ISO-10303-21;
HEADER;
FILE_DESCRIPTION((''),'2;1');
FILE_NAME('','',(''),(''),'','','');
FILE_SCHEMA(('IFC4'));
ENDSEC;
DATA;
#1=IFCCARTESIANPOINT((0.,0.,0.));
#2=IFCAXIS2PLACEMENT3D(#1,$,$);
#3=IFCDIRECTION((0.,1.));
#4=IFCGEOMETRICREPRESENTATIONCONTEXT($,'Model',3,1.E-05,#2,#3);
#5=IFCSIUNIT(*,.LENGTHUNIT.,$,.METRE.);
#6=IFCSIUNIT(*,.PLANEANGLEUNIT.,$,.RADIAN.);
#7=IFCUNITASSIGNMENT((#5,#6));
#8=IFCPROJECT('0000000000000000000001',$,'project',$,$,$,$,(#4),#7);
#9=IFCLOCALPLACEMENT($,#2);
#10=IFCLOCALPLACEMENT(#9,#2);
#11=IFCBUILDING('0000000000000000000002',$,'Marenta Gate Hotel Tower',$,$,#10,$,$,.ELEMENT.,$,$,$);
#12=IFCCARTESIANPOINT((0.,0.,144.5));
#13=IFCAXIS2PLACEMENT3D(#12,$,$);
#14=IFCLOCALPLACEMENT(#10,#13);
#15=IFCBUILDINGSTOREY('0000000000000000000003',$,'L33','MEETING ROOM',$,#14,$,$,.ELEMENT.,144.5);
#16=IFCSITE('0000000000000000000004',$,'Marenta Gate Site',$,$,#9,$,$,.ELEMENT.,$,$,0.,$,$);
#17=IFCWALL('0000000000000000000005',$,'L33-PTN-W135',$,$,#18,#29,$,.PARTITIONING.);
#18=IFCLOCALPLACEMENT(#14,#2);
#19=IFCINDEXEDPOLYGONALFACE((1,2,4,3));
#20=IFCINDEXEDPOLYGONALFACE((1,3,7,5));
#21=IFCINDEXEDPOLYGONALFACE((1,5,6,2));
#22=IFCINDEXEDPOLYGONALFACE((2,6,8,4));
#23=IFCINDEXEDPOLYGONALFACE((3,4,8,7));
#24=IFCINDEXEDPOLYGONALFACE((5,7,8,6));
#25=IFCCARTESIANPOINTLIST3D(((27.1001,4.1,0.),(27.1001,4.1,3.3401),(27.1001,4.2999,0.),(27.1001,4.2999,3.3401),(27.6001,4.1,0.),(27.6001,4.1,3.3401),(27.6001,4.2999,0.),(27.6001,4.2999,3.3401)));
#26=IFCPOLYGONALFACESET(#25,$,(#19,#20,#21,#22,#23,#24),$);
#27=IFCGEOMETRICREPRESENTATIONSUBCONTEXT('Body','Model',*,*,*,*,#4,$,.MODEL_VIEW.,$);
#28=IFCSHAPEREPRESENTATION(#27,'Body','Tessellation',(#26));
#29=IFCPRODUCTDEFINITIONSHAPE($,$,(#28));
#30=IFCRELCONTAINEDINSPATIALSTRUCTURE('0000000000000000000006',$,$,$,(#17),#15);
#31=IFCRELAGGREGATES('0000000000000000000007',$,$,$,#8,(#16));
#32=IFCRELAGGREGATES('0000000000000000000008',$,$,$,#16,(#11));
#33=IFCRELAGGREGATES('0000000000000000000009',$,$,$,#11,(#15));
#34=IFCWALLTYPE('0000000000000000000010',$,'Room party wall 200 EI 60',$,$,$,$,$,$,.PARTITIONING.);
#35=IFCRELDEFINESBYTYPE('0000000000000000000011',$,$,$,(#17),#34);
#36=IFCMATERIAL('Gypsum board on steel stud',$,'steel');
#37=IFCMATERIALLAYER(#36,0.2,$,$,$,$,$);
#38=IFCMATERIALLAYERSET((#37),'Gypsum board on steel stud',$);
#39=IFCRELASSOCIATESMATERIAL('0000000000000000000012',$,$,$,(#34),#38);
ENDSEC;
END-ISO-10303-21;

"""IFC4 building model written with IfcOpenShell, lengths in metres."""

from ifc_helpers import new_model, si_unit, direction, frame, frame_2d, origin, place, context, subcontext, project, spatial, rectangle, extrude, material, layer, layer_set, type_object, element, save


model = new_model("IFC4")

# Units and contexts
model_context = context("Model", 3, precision=1e-05, world=origin(), true_north=direction((0.0, 1.0)))
body_context = subcontext(model_context, "Body", "Model", "MODEL_VIEW")
ifc_project = project(units=[si_unit("LENGTHUNIT", "METRE"), si_unit("PLANEANGLEUNIT", "RADIAN")], contexts=[model_context])

# Site, building, storey
site_placement = place(None, origin())
site = spatial("IfcSite", under=ifc_project, at=site_placement, Name="Marenta Gate Site", CompositionType="ELEMENT", RefElevation=0.0)
building_placement = place(site_placement, origin())
building = spatial("IfcBuilding", under=site, at=building_placement, Name="Marenta Gate Hotel Tower", CompositionType="ELEMENT")
storey_placement = place(building_placement, frame((0.0, 0.0, 144.5)))
storey = spatial("IfcBuildingStorey", under=building, at=storey_placement, Name="L33", Description="MEETING ROOM", CompositionType="ELEMENT", Elevation=144.5)

# Wall
ifc_material_1 = material(Name="Gypsum board on steel stud", Category="steel")
ifc_layer_1 = layer(ifc_material_1, 0.2)
ifc_layer_set_1 = layer_set([ifc_layer_1], Name="Gypsum board on steel stud")
wall_type = type_object("IfcWallType", Name="Room party wall 200 EI 60", PredefinedType="PARTITIONING", material=ifc_layer_set_1)
wall_placement = place(storey_placement, frame((27.1001, 4.2, 0.0), z_axis=(0.0, 0.0, 1.0), x_axis=(1.0, 0.0, 0.0)))
element("IfcWall", 1, at=wall_placement, inside=storey, type_object=wall_type, Name="L33-PTN-W135", PredefinedType="PARTITIONING", context=body_context, shape_type="SweptSolid", body=[
    extrude(rectangle(XDim=0.5, YDim=0.2, at=frame_2d((0.25, 0.0))), origin(), (0.0, 0.0, 1.0), 3.3401),
])

save(model, "model.ifc")
